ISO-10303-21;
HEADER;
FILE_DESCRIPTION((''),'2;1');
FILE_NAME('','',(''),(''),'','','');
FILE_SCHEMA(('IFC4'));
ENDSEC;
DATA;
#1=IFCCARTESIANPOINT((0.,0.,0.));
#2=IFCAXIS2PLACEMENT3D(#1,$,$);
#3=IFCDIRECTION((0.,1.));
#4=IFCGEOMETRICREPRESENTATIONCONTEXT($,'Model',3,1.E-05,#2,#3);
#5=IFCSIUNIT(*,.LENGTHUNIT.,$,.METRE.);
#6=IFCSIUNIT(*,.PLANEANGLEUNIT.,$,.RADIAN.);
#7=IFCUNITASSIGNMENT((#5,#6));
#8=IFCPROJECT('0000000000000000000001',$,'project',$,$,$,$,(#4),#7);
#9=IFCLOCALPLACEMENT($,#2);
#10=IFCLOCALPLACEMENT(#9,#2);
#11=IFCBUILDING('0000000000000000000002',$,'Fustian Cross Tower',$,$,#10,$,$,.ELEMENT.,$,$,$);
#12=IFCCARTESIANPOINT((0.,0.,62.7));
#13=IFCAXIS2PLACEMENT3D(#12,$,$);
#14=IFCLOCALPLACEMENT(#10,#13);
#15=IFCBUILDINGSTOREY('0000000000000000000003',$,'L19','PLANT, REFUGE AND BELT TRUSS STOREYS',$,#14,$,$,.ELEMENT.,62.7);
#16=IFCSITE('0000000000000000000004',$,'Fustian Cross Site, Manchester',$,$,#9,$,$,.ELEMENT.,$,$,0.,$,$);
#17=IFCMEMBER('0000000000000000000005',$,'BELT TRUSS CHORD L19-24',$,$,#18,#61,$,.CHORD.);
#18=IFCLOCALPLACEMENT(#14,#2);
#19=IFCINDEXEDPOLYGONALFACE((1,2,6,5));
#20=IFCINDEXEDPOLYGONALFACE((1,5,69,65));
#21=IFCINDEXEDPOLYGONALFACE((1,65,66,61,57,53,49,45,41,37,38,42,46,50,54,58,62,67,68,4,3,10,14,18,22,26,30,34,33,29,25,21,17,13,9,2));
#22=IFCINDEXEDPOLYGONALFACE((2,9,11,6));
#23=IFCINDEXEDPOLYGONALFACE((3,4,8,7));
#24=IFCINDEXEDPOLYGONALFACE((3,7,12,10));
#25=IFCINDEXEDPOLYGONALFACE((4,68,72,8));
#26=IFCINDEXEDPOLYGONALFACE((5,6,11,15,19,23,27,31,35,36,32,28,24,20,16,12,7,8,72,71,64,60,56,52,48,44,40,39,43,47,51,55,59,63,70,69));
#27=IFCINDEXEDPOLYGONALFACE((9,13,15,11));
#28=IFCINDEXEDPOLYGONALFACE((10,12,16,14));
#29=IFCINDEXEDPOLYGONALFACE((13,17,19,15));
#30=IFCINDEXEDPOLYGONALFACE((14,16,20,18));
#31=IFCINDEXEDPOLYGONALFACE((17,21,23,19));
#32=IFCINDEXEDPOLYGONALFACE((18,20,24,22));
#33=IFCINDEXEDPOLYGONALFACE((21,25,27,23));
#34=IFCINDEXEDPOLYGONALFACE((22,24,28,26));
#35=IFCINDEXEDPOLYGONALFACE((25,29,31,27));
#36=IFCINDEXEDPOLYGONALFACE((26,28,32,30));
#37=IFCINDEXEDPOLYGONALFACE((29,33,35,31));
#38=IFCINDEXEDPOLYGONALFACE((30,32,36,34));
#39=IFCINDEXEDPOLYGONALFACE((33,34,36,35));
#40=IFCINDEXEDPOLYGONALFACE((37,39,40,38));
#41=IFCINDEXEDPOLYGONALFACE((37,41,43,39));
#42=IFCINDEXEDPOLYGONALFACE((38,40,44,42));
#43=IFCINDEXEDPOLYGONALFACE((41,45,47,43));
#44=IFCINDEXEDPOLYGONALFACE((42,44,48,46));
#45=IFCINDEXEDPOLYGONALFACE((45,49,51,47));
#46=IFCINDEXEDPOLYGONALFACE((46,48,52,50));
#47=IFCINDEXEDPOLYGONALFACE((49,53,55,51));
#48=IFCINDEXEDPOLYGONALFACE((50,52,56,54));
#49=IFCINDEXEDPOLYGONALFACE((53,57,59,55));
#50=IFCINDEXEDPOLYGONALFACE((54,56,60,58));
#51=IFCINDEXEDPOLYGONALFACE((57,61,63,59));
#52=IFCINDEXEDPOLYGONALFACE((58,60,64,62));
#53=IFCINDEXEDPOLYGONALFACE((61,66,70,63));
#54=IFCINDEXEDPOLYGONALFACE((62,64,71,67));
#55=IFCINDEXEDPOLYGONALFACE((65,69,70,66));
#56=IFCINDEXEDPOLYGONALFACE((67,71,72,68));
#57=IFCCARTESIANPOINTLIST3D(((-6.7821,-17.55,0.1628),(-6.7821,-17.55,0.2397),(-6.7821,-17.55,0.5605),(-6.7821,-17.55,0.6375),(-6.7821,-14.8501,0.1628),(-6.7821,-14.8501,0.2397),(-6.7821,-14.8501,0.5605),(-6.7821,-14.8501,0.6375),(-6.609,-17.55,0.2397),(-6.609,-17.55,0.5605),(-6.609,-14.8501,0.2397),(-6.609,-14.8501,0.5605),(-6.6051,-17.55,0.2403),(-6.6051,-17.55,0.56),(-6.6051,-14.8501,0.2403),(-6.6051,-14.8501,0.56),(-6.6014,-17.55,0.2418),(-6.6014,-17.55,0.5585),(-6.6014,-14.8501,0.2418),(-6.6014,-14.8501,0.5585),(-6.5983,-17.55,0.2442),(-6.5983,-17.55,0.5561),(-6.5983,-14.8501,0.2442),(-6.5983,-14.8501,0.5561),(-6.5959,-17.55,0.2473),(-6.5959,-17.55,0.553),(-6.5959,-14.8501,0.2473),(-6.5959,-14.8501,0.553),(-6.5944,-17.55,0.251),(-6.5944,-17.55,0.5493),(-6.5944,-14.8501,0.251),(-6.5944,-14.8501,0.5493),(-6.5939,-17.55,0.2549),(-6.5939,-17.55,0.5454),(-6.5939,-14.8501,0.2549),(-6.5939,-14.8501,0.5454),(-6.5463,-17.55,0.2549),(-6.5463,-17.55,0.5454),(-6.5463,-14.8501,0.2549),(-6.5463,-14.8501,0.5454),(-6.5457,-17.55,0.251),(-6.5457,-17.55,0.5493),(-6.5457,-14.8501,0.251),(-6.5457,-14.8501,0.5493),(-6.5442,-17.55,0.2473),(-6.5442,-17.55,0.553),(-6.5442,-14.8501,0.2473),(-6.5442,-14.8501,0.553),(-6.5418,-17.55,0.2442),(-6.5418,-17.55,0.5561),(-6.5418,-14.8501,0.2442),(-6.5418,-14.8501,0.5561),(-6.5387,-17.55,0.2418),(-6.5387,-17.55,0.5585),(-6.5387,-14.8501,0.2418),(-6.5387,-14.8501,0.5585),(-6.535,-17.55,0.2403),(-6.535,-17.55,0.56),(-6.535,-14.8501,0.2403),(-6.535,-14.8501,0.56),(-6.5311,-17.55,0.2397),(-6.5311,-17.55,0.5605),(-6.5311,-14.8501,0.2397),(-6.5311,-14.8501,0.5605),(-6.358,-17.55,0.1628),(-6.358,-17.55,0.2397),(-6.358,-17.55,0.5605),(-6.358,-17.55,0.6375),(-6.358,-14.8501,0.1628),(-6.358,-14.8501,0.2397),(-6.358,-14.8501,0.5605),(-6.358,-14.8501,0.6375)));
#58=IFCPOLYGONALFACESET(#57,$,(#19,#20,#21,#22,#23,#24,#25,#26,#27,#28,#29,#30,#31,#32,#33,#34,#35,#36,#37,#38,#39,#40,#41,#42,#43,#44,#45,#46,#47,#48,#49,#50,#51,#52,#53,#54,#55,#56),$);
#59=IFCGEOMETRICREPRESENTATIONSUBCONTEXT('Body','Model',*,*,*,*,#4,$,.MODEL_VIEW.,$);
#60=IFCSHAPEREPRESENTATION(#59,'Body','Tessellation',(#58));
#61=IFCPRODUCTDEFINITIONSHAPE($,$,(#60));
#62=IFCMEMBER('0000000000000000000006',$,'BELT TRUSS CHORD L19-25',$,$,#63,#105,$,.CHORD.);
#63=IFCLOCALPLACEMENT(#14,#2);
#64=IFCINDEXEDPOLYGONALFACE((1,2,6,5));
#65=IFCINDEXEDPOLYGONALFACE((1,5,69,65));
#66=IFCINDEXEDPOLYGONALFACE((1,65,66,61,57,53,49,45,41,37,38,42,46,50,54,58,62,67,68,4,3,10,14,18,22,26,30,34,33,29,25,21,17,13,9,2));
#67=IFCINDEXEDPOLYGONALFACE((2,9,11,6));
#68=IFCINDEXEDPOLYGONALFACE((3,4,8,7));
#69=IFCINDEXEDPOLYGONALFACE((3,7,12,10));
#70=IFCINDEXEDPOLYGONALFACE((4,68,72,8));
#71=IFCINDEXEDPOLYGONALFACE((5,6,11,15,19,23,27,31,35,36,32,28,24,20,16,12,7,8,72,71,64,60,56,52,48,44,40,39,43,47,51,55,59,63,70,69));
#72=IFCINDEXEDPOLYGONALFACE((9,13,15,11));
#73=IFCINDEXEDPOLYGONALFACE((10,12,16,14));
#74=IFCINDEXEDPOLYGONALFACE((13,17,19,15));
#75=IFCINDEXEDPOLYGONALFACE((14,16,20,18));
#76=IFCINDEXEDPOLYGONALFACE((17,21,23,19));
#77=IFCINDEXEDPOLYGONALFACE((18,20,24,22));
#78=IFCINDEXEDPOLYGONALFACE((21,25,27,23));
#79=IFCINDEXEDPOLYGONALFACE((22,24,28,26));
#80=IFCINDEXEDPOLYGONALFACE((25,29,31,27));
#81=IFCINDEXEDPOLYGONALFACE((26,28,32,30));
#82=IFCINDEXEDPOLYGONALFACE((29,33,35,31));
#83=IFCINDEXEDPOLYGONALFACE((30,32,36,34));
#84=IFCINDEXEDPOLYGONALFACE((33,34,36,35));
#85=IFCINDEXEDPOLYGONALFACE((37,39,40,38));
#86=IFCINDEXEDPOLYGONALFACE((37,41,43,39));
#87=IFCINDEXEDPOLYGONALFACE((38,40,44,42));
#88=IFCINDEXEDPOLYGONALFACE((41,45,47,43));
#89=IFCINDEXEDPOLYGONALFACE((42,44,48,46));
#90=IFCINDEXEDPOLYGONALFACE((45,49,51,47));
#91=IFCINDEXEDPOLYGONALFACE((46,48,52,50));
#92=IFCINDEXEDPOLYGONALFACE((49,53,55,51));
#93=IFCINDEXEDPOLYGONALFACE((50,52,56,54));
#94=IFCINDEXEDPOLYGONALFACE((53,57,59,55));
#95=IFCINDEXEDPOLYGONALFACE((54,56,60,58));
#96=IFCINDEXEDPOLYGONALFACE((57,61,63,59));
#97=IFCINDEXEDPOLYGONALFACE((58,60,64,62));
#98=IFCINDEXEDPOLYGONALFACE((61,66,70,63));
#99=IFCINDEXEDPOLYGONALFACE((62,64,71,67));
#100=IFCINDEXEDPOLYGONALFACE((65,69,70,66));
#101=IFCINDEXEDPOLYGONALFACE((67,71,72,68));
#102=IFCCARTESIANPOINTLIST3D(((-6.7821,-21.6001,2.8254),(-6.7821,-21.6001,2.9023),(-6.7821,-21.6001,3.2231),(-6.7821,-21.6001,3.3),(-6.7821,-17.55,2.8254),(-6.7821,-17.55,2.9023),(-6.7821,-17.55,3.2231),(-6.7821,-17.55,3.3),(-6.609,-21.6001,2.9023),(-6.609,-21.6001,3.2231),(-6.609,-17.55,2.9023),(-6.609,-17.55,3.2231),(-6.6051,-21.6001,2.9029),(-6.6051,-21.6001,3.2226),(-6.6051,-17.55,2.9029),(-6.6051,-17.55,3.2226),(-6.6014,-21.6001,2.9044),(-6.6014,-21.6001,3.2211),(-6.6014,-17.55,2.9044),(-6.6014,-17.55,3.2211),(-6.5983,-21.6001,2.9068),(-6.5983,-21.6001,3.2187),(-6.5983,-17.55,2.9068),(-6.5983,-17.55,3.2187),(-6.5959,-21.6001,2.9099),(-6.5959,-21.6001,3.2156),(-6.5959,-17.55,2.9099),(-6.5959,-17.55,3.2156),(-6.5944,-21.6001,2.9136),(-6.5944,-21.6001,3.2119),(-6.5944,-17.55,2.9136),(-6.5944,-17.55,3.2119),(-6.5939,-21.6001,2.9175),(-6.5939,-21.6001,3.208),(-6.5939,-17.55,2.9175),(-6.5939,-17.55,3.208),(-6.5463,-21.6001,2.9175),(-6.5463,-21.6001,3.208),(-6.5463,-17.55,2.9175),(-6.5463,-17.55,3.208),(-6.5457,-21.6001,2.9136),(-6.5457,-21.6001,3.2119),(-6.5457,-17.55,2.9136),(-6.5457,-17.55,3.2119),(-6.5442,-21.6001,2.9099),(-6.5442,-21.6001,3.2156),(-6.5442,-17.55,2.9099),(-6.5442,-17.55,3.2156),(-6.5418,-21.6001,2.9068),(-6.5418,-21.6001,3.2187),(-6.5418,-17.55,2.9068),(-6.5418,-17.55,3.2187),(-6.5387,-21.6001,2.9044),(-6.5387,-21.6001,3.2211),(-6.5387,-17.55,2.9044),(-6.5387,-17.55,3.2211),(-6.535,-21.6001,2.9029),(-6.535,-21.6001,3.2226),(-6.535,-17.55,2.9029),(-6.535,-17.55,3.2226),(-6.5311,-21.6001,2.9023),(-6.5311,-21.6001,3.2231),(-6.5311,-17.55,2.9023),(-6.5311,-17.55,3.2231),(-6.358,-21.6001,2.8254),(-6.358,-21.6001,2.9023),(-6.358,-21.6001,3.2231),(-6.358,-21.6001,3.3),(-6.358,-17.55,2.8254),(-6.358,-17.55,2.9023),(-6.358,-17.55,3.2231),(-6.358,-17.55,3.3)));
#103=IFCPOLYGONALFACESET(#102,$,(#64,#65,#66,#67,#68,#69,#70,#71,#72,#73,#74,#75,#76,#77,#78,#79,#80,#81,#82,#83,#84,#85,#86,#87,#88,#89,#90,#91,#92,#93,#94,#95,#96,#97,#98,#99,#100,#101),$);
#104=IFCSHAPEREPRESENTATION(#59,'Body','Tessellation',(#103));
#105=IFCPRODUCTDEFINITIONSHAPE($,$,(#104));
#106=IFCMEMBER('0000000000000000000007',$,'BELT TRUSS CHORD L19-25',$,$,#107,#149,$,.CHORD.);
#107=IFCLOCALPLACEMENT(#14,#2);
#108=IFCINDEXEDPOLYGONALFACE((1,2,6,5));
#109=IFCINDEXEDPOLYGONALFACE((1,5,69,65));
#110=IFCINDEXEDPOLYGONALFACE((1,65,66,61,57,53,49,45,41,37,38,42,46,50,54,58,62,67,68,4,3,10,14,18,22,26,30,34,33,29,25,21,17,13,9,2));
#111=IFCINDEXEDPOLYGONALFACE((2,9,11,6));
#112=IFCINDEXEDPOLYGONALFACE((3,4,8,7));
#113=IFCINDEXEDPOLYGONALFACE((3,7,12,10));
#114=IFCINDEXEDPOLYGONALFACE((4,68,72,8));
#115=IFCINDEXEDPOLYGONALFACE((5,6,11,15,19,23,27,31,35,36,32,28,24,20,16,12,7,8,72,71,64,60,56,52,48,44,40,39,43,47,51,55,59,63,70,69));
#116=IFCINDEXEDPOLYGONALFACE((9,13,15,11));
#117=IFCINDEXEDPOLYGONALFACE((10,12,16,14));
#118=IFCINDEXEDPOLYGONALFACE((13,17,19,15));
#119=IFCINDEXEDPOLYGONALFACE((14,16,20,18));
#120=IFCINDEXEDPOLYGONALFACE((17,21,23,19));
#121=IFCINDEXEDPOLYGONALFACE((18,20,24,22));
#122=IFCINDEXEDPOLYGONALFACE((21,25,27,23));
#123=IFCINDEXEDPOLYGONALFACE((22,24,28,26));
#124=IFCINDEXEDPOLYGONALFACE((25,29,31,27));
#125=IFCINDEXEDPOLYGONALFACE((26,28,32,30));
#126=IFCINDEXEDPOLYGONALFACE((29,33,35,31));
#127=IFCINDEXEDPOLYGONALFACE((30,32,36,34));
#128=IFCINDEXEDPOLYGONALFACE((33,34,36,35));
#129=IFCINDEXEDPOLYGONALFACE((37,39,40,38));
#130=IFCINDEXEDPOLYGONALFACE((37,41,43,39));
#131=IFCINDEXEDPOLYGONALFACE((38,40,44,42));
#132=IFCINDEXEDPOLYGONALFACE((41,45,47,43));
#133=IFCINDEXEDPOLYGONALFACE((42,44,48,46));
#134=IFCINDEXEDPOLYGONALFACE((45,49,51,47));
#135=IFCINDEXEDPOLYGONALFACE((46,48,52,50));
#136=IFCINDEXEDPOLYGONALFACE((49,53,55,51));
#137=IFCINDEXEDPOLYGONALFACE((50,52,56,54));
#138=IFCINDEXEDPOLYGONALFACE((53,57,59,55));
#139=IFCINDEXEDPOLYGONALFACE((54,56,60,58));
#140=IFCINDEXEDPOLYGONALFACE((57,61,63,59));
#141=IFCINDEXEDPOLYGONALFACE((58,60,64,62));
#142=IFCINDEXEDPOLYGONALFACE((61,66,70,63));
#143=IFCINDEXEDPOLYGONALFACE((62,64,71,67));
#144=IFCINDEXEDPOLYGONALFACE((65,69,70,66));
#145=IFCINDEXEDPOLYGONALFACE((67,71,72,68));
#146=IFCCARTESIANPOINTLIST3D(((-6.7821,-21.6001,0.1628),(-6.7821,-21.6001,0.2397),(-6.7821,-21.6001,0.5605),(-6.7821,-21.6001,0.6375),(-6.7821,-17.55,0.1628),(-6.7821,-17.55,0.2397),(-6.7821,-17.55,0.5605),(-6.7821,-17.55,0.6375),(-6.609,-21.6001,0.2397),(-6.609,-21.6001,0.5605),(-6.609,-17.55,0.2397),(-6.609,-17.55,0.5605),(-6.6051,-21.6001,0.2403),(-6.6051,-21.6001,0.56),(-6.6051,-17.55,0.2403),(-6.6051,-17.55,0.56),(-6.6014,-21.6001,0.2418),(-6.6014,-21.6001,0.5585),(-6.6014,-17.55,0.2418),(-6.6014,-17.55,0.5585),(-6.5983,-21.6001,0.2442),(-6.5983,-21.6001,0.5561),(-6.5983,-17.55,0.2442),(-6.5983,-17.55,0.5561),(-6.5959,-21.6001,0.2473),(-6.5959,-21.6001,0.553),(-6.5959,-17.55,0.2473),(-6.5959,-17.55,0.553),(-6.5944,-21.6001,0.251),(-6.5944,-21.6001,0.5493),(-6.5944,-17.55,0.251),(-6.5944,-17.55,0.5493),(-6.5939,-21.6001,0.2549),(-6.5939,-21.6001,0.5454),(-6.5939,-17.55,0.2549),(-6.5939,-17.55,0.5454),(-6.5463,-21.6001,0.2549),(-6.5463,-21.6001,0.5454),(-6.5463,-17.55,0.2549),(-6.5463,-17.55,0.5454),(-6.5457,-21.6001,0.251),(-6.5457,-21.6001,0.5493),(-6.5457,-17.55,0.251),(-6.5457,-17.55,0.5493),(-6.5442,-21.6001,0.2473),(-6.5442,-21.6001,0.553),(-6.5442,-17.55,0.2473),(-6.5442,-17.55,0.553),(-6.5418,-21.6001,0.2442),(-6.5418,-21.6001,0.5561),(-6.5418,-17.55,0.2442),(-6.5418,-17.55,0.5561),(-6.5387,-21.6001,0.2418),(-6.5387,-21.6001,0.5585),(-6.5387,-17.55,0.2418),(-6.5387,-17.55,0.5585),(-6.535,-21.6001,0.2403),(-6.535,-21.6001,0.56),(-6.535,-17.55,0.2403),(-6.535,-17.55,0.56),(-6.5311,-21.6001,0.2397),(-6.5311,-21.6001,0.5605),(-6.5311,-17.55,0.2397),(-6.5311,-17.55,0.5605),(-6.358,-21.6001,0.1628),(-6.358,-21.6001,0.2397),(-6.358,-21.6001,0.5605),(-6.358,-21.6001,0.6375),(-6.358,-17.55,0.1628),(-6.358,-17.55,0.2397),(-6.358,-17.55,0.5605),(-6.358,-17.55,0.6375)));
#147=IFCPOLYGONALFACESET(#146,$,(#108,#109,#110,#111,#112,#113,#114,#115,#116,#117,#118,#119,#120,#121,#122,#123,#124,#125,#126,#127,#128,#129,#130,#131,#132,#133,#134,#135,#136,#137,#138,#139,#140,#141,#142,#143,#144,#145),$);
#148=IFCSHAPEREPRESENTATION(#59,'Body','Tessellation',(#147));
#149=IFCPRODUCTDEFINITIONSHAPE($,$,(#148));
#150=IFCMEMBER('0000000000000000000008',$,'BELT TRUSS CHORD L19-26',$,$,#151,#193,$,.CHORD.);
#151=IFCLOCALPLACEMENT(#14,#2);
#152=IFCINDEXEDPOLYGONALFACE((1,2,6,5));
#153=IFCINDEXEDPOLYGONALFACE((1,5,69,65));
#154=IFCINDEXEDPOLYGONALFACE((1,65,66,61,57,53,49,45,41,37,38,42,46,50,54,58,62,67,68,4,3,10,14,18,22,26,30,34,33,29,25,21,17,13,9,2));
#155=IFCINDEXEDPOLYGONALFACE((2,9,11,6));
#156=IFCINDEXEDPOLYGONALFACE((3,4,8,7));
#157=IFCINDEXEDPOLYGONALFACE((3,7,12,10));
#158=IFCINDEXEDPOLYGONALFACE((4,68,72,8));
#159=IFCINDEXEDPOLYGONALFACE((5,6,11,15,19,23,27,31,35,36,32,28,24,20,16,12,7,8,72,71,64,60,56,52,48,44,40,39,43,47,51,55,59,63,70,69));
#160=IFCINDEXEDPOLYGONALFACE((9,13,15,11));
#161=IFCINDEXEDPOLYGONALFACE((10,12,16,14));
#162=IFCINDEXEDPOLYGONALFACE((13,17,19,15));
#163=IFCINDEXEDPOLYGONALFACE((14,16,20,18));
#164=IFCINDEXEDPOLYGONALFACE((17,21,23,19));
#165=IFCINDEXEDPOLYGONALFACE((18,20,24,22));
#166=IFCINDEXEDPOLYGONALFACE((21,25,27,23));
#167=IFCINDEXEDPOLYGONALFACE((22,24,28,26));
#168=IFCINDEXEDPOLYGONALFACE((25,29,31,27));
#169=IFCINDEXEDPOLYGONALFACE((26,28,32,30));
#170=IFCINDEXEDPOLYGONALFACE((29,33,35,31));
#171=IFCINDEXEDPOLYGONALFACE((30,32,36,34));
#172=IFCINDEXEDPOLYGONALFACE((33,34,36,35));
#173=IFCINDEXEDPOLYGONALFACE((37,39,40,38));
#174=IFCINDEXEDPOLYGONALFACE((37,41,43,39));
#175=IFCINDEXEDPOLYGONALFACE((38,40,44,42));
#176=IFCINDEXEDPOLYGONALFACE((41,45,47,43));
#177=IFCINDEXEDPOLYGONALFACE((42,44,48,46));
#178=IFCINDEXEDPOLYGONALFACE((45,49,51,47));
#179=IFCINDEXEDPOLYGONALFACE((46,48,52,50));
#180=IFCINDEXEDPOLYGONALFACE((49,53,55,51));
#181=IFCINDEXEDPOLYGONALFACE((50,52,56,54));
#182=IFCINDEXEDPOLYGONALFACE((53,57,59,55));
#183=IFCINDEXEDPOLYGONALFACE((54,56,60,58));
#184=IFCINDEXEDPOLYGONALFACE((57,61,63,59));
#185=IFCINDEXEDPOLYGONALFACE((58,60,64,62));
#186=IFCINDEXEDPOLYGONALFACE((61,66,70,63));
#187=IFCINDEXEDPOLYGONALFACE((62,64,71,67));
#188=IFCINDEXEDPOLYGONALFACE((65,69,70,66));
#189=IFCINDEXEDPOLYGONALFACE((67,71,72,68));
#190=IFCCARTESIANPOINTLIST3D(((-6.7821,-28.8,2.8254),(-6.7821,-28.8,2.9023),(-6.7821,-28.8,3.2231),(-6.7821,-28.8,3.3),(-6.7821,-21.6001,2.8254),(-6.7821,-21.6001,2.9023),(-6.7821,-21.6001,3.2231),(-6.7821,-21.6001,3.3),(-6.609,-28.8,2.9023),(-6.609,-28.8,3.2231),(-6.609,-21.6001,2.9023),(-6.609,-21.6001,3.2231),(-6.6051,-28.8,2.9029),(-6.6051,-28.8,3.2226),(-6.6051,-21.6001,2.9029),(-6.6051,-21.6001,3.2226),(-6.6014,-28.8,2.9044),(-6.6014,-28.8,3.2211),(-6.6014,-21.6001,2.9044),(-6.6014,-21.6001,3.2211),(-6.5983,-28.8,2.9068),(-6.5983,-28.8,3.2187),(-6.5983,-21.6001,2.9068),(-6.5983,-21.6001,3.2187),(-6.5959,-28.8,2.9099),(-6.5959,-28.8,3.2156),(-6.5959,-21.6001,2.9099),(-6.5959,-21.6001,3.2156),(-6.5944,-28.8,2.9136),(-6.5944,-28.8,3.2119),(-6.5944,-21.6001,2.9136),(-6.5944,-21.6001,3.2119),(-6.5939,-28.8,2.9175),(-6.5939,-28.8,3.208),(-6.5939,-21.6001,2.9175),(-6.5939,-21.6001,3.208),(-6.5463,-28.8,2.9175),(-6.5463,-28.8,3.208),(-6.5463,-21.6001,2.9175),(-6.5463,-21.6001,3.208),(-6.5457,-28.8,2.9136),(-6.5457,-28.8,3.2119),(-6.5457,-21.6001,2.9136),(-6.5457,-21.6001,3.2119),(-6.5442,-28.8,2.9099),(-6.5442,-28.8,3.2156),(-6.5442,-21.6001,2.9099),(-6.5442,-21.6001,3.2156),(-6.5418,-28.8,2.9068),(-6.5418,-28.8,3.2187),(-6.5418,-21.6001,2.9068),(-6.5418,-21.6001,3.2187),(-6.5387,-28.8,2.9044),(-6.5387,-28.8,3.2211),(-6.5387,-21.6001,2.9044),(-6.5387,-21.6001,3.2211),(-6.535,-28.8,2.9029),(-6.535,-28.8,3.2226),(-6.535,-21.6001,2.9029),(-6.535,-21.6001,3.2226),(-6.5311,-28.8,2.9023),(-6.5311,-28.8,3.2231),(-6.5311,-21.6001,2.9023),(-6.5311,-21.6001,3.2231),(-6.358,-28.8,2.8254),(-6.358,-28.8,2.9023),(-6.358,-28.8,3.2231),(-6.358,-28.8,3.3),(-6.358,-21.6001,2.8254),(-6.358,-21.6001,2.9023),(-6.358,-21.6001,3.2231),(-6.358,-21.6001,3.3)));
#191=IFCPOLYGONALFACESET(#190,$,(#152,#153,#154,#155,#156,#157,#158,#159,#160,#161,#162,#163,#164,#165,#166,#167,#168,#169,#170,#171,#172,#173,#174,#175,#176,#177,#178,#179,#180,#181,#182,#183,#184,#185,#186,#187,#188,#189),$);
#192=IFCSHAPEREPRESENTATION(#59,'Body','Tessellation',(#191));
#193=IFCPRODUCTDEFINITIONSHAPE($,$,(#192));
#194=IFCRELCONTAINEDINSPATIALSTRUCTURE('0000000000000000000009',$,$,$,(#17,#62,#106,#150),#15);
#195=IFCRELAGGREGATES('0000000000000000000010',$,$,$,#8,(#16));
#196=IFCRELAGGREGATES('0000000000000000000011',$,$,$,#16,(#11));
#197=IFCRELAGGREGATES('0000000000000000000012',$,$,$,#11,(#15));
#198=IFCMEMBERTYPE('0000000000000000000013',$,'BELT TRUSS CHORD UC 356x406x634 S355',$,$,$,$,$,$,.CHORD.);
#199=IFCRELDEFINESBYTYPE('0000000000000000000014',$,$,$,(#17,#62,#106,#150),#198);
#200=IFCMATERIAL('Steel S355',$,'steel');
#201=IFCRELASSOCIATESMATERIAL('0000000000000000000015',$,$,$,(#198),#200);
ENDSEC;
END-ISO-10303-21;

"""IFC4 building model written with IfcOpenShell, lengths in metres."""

from ifc_helpers import new_model, si_unit, direction, frame, origin, origin_2d, place, context, subcontext, project, spatial, i_section, extrude, material, material_profile, profile_set, type_object, element, save


model = new_model("IFC4")

# Units and contexts
model_context = context("Model", 3, precision=1e-05, world=origin(), true_north=direction((0.0, 1.0)))
body_context = subcontext(model_context, "Body", "Model", "MODEL_VIEW")
ifc_project = project(units=[si_unit("LENGTHUNIT", "METRE"), si_unit("PLANEANGLEUNIT", "RADIAN")], contexts=[model_context])

# Site, building, storey
site_placement = place(None, origin())
site = spatial("IfcSite", under=ifc_project, at=site_placement, Name="Fustian Cross Site, Manchester", CompositionType="ELEMENT", RefElevation=0.0)
building_placement = place(site_placement, origin())
building = spatial("IfcBuilding", under=site, at=building_placement, Name="Fustian Cross Tower", CompositionType="ELEMENT")
storey_placement = place(building_placement, frame((0.0, 0.0, 62.7)))
storey = spatial("IfcBuildingStorey", under=building, at=storey_placement, Name="L19", Description="PLANT, REFUGE AND BELT TRUSS STOREYS", CompositionType="ELEMENT", Elevation=62.7)

# Members
ifc_material_1 = material(Name="Steel S355", Category="steel")
ifc_material_profile_1 = material_profile(ifc_material_1, i_section(OverallWidth=0.4241, OverallDepth=0.4746, WebThickness=0.0476, FlangeThickness=0.0769, FilletRadius=0.0151, at=origin_2d()), Name="UC 356x406x634")
ifc_profile_set_1 = profile_set([ifc_material_profile_1], Name="Steel S355")
member_type_1 = type_object("IfcMemberType", Name="BELT TRUSS CHORD UC 356x406x634 S355", PredefinedType="CHORD", material=ifc_profile_set_1)
for number, where, z_axis, x_axis, name in (
    (1, (-6.5701, -14.8501, 0.4001), (0.0, -1.0, 0.0), (1.0, 0.0, 0.0), "BELT TRUSS CHORD L19-24"),
):
    element("IfcMember", number, at=place(storey_placement, frame(where, z_axis=z_axis, x_axis=x_axis)), inside=storey, type_object=member_type_1, Name=name, PredefinedType="CHORD", context=body_context, shape_type="SweptSolid", body=[
        extrude(i_section(OverallWidth=0.4241, OverallDepth=0.4746, WebThickness=0.0476, FlangeThickness=0.0769, FilletRadius=0.0151, at=origin_2d()), origin(), (0.0, 0.0, 1.0), 2.7),
    ])
for number, where, z_axis, x_axis, name in (
    (2, (-6.5701, -17.55, 3.0627), (0.0, -1.0, 0.0), (1.0, 0.0, 0.0), "BELT TRUSS CHORD L19-25"),
    (3, (-6.5701, -17.55, 0.4001), (0.0, -1.0, 0.0), (1.0, 0.0, 0.0), "BELT TRUSS CHORD L19-25"),
):
    element("IfcMember", number, at=place(storey_placement, frame(where, z_axis=z_axis, x_axis=x_axis)), inside=storey, type_object=member_type_1, Name=name, PredefinedType="CHORD", context=body_context, shape_type="SweptSolid", body=[
        extrude(i_section(OverallWidth=0.4241, OverallDepth=0.4746, WebThickness=0.0476, FlangeThickness=0.0769, FilletRadius=0.0151, at=origin_2d()), origin(), (0.0, 0.0, 1.0), 4.05),
    ])
for number, where, z_axis, x_axis, name in (
    (4, (-6.5701, -21.6001, 3.0627), (0.0, -1.0, 0.0), (1.0, 0.0, 0.0), "BELT TRUSS CHORD L19-26"),
):
    element("IfcMember", number, at=place(storey_placement, frame(where, z_axis=z_axis, x_axis=x_axis)), inside=storey, type_object=member_type_1, Name=name, PredefinedType="CHORD", context=body_context, shape_type="SweptSolid", body=[
        extrude(i_section(OverallWidth=0.4241, OverallDepth=0.4746, WebThickness=0.0476, FlangeThickness=0.0769, FilletRadius=0.0151, at=origin_2d()), origin(), (0.0, 0.0, 1.0), 7.2),
    ])

save(model, "model.ifc")
